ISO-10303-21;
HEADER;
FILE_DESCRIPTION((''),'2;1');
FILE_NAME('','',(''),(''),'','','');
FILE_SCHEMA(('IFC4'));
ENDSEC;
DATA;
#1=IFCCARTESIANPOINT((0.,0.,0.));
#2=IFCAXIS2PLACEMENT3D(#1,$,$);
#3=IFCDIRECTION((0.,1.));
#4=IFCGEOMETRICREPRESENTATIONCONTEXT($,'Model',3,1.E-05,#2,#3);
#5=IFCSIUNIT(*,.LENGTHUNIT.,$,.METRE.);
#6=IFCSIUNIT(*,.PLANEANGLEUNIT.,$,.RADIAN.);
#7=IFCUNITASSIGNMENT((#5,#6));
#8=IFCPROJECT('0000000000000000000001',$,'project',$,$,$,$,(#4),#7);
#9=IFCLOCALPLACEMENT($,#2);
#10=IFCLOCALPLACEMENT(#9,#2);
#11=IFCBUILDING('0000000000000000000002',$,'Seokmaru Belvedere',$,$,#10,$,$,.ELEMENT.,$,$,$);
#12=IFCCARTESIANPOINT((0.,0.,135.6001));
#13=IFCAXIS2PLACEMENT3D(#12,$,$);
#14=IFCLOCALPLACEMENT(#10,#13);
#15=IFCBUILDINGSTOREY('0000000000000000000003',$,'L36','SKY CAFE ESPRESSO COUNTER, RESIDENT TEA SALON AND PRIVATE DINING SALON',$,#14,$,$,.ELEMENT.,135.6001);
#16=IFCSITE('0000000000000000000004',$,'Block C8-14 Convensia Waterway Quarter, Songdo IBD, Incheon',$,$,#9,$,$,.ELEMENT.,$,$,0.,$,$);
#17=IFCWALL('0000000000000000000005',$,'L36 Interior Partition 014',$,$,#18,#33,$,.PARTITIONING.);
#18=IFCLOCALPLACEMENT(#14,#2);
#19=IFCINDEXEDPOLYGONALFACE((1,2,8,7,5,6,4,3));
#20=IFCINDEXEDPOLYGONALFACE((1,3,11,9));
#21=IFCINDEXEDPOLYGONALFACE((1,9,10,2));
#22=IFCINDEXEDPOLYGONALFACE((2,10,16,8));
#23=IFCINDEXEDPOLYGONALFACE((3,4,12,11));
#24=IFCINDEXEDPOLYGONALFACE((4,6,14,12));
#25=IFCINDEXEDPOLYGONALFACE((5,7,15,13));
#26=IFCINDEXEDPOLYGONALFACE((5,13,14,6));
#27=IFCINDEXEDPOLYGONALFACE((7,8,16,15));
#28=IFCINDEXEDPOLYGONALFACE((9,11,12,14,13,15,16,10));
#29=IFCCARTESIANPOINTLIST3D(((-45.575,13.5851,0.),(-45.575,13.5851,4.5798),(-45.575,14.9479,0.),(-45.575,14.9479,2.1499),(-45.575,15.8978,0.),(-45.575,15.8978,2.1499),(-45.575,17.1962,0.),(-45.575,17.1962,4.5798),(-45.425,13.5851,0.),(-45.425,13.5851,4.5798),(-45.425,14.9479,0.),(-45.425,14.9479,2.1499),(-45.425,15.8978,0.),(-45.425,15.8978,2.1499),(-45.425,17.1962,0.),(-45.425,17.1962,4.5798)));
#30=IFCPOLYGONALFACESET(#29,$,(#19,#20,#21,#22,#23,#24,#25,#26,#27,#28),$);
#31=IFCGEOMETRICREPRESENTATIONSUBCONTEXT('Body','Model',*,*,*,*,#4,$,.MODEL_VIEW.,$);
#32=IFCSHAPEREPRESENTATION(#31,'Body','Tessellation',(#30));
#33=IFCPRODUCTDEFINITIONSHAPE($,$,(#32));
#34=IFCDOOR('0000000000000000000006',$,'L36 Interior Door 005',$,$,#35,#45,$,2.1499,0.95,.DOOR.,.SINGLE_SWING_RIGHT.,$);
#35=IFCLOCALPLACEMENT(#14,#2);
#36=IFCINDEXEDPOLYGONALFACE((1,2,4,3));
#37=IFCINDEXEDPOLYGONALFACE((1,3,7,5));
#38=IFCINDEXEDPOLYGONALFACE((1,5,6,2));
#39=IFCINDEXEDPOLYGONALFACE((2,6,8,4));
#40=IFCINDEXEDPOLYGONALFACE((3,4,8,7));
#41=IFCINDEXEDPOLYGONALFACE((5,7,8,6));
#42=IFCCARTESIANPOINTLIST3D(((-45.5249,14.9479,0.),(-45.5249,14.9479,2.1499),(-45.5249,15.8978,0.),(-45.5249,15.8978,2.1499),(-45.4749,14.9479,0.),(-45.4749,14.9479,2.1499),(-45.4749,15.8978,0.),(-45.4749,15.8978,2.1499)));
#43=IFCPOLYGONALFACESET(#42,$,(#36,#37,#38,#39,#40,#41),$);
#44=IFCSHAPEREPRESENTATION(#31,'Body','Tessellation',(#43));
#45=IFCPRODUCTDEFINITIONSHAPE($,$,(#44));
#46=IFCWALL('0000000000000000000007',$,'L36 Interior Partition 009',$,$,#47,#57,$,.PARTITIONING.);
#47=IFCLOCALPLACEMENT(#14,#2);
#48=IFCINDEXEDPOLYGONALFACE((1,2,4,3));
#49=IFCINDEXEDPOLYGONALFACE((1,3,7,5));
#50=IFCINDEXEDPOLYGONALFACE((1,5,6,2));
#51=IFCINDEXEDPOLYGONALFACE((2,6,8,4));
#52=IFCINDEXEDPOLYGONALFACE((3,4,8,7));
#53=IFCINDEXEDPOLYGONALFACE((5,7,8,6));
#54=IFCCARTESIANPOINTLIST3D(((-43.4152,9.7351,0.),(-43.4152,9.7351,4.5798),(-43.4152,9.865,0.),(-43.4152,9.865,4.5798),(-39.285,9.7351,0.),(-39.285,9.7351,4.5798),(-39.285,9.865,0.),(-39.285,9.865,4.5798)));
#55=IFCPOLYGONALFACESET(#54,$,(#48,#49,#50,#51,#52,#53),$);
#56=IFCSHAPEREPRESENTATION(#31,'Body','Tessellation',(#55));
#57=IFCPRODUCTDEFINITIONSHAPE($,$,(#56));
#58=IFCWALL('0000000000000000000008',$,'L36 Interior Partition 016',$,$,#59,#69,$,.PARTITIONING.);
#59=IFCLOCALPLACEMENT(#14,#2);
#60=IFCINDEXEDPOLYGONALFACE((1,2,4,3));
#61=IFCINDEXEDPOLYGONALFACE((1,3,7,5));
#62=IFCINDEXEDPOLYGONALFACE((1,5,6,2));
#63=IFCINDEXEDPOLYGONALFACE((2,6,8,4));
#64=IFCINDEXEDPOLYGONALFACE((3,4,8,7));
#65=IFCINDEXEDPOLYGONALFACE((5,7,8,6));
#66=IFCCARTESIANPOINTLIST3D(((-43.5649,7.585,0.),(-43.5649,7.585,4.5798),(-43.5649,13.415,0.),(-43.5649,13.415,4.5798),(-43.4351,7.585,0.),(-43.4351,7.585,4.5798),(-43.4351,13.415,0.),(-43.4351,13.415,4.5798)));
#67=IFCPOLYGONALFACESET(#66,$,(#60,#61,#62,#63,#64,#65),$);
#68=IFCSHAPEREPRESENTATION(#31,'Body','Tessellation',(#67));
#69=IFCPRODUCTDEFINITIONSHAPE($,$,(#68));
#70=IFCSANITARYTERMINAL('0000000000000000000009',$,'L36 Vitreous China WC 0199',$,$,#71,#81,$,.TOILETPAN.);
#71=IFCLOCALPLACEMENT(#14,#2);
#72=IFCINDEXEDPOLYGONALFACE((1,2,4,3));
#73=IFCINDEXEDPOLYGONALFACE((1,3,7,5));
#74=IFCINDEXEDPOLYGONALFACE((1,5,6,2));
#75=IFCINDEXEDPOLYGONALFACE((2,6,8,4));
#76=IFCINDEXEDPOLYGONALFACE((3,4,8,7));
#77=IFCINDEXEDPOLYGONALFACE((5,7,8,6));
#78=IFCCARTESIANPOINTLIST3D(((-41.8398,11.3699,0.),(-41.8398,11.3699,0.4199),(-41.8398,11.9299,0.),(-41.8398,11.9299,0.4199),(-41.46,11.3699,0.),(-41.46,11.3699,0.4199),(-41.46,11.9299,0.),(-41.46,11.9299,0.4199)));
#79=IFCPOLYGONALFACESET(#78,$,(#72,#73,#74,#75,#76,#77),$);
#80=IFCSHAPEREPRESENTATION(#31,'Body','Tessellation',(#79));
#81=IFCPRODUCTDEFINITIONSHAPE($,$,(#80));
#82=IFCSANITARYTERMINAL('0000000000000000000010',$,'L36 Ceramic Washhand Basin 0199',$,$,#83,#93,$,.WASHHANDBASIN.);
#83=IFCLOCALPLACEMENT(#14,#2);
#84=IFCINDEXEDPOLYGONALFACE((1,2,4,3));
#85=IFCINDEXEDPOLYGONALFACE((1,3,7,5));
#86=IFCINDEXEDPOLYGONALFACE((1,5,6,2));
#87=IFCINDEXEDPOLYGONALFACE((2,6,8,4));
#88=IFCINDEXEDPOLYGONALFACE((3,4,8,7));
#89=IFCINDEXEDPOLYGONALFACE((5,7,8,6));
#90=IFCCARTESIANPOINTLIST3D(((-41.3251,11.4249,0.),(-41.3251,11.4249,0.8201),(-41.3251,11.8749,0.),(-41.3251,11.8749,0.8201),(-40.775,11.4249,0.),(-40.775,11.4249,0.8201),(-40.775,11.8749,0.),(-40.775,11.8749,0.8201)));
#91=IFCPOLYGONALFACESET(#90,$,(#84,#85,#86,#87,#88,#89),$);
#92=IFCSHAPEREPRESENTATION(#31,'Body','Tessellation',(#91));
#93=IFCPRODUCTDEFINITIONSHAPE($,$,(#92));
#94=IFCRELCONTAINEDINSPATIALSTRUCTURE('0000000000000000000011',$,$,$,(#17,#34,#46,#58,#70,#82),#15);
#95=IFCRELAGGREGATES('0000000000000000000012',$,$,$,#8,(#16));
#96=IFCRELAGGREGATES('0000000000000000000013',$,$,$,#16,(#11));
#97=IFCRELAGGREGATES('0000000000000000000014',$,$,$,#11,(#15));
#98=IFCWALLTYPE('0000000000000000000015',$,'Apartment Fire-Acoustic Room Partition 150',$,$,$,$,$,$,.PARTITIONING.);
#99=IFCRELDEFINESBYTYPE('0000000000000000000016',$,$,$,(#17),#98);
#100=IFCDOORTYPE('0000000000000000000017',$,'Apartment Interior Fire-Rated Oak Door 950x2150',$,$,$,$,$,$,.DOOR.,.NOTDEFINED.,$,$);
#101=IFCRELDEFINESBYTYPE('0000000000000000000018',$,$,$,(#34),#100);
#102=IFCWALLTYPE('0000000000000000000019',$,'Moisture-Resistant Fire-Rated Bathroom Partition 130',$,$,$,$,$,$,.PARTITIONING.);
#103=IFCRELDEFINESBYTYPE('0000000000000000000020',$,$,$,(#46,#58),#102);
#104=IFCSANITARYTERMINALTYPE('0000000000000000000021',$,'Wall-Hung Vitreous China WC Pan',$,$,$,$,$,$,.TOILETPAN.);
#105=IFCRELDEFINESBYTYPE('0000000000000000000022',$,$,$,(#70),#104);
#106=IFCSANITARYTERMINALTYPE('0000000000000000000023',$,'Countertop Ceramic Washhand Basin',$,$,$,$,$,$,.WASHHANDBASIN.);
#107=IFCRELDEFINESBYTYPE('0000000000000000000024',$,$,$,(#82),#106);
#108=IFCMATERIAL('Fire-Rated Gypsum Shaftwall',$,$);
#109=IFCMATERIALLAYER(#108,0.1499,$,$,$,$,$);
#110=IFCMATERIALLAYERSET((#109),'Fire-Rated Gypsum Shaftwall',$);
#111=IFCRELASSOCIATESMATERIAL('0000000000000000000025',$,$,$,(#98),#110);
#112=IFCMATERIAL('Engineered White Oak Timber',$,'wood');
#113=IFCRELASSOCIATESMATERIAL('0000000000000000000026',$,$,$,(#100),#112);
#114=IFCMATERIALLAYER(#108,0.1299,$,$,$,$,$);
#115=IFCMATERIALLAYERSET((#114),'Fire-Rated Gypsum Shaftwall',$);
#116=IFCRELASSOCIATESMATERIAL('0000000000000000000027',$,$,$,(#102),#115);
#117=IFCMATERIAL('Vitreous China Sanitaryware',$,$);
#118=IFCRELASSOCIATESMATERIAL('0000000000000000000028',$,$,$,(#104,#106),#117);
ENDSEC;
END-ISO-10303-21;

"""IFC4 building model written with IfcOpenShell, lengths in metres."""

from ifc_helpers import new_model, si_unit, direction, frame, frame_2d, origin, origin_2d, place, context, subcontext, project, spatial, rectangle, extrude, source, transform, mapped, material, layer, layer_set, type_object, type_shapes, element, fill, save


model = new_model("IFC4")

# Units and contexts
model_context = context("Model", 3, precision=1e-05, world=origin(), true_north=direction((0.0, 1.0)))
body_context = subcontext(model_context, "Body", "Model", "MODEL_VIEW")
ifc_project = project(units=[si_unit("LENGTHUNIT", "METRE"), si_unit("PLANEANGLEUNIT", "RADIAN")], contexts=[model_context])

# Site, building, storey
site_placement = place(None, origin())
site = spatial("IfcSite", under=ifc_project, at=site_placement, Name="Block C8-14 Convensia Waterway Quarter, Songdo IBD, Incheon", CompositionType="ELEMENT", RefElevation=0.0)
building_placement = place(site_placement, origin())
building = spatial("IfcBuilding", under=site, at=building_placement, Name="Seokmaru Belvedere", CompositionType="ELEMENT")
storey_placement = place(building_placement, frame((0.0, 0.0, 135.6001)))
storey = spatial("IfcBuildingStorey", under=building, at=storey_placement, Name="L36", Description="SKY CAFE ESPRESSO COUNTER, RESIDENT TEA SALON AND PRIVATE DINING SALON", CompositionType="ELEMENT", Elevation=135.6001)

# Wall, opening, door
ifc_material_1 = material(Name="Fire-Rated Gypsum Shaftwall")
ifc_layer_1 = layer(ifc_material_1, 0.1499)
ifc_layer_set_1 = layer_set([ifc_layer_1], Name="Fire-Rated Gypsum Shaftwall")
wall_type_1 = type_object("IfcWallType", Name="Apartment Fire-Acoustic Room Partition 150", PredefinedType="PARTITIONING", material=ifc_layer_set_1)
ifc_material_2 = material(Name="Engineered White Oak Timber", Category="wood")
door_type = type_object("IfcDoorType", Name="Apartment Interior Fire-Rated Oak Door 950x2150", OperationType="NOTDEFINED", PredefinedType="DOOR", material=ifc_material_2)
shared_shape_1 = source(origin(), body_context, "Body", "SweptSolid", [
    extrude(rectangle(XDim=0.95, YDim=2.1499, at=frame_2d((0.4751, 1.075))), frame((0.0, 0.0249, 0.0), z_axis=(0.0, -1.0, 0.0), x_axis=(1.0, 0.0, 0.0)), (0.0, 0.0, 1.0), 0.05),
])
type_shapes(door_type, [shared_shape_1])
wall_1_placement = place(storey_placement, frame((-45.5, 13.585, 0.0), z_axis=(0.0, 0.0, 1.0), x_axis=(0.0, 1.0, 0.0)))
wall_1 = element("IfcWall", 1, at=wall_1_placement, inside=storey, type_object=wall_type_1, Name="L36 Interior Partition 014", PredefinedType="PARTITIONING", context=body_context, shape_type="SweptSolid", body=[
    extrude(rectangle(XDim=3.6111, YDim=0.1499, at=frame_2d((1.8057, 0.0))), origin(), (0.0, 0.0, 1.0), 4.5798),
])
opening_1_placement = place(wall_1_placement, frame((1.3628, 0.0, 0.0)))
opening_1 = element("IfcOpeningElement", 2, at=opening_1_placement, cuts=wall_1, PredefinedType="OPENING", context=body_context, shape_type="SweptSolid", body=[
    extrude(rectangle(XDim=0.95, YDim=2.1499, at=frame_2d((0.4751, 1.075))), frame((0.0, 0.085, 0.0), z_axis=(0.0, -1.0, 0.0), x_axis=(1.0, 0.0, 0.0)), (0.0, 0.0, 1.0), 0.1699),
])
door_1_placement = place(opening_1_placement, origin())
door_1 = element("IfcDoor", 3, at=door_1_placement, inside=storey, type_object=door_type, Name="L36 Interior Door 005", OperationType="SINGLE_SWING_RIGHT", OverallHeight=2.1499, OverallWidth=0.95, PredefinedType="DOOR", context=body_context, shape_type="MappedRepresentation", body=[
    mapped(shared_shape_1, transform((0.0, 0.0, 0.0), scale=1.0)),
])
fill(opening_1, door_1)

# Walls
ifc_layer_2 = layer(ifc_material_1, 0.1299)
ifc_layer_set_2 = layer_set([ifc_layer_2], Name="Fire-Rated Gypsum Shaftwall")
wall_type_2 = type_object("IfcWallType", Name="Moisture-Resistant Fire-Rated Bathroom Partition 130", PredefinedType="PARTITIONING", material=ifc_layer_set_2)
wall_2_placement = place(storey_placement, frame((-43.415, 9.8, 0.0), z_axis=(0.0, 0.0, 1.0), x_axis=(1.0, 0.0, 0.0)))
element("IfcWall", 4, at=wall_2_placement, inside=storey, type_object=wall_type_2, Name="L36 Interior Partition 009", PredefinedType="PARTITIONING", context=body_context, shape_type="SweptSolid", body=[
    extrude(rectangle(XDim=4.1301, YDim=0.1299, at=frame_2d((2.0649, 0.0))), origin(), (0.0, 0.0, 1.0), 4.5798),
])
wall_3_placement = place(storey_placement, frame((-43.5, 7.585, 0.0), z_axis=(0.0, 0.0, 1.0), x_axis=(0.0, 1.0, 0.0)))
element("IfcWall", 5, at=wall_3_placement, inside=storey, type_object=wall_type_2, Name="L36 Interior Partition 016", PredefinedType="PARTITIONING", context=body_context, shape_type="SweptSolid", body=[
    extrude(rectangle(XDim=5.8301, YDim=0.1299, at=frame_2d((2.915, 0.0))), origin(), (0.0, 0.0, 1.0), 4.5798),
])

# Sanitary terminals
ifc_material_3 = material(Name="Vitreous China Sanitaryware")
sanitary_terminal_type_1 = type_object("IfcSanitaryTerminalType", Name="Wall-Hung Vitreous China WC Pan", PredefinedType="TOILETPAN", material=ifc_material_3)
shared_shape_2 = source(origin(), body_context, "Body", "SweptSolid", [
    extrude(rectangle(XDim=0.3799, YDim=0.5601, at=origin_2d()), origin(), (0.0, 0.0, 1.0), 0.4199),
])
type_shapes(sanitary_terminal_type_1, [shared_shape_2])
sanitary_terminal_1_placement = place(storey_placement, frame((-41.6499, 11.6499, 0.0), z_axis=(0.0, 0.0, 1.0), x_axis=(1.0, 0.0, 0.0)))
element("IfcSanitaryTerminal", 6, at=sanitary_terminal_1_placement, inside=storey, type_object=sanitary_terminal_type_1, Name="L36 Vitreous China WC 0199", PredefinedType="TOILETPAN", context=body_context, shape_type="MappedRepresentation", body=[
    mapped(shared_shape_2, transform((0.0, 0.0, 0.0), scale=1.0)),
])
sanitary_terminal_type_2 = type_object("IfcSanitaryTerminalType", Name="Countertop Ceramic Washhand Basin", PredefinedType="WASHHANDBASIN", material=ifc_material_3)
shared_shape_3 = source(origin(), body_context, "Body", "SweptSolid", [
    extrude(rectangle(XDim=0.55, YDim=0.45, at=origin_2d()), origin(), (0.0, 0.0, 1.0), 0.8201),
])
type_shapes(sanitary_terminal_type_2, [shared_shape_3])
sanitary_terminal_2_placement = place(storey_placement, frame((-41.05, 11.6499, 0.0), z_axis=(0.0, 0.0, 1.0), x_axis=(1.0, 0.0, 0.0)))
element("IfcSanitaryTerminal", 7, at=sanitary_terminal_2_placement, inside=storey, type_object=sanitary_terminal_type_2, Name="L36 Ceramic Washhand Basin 0199", PredefinedType="WASHHANDBASIN", context=body_context, shape_type="MappedRepresentation", body=[
    mapped(shared_shape_3, transform((0.0, 0.0, 0.0), scale=1.0)),
])

save(model, "model.ifc")
